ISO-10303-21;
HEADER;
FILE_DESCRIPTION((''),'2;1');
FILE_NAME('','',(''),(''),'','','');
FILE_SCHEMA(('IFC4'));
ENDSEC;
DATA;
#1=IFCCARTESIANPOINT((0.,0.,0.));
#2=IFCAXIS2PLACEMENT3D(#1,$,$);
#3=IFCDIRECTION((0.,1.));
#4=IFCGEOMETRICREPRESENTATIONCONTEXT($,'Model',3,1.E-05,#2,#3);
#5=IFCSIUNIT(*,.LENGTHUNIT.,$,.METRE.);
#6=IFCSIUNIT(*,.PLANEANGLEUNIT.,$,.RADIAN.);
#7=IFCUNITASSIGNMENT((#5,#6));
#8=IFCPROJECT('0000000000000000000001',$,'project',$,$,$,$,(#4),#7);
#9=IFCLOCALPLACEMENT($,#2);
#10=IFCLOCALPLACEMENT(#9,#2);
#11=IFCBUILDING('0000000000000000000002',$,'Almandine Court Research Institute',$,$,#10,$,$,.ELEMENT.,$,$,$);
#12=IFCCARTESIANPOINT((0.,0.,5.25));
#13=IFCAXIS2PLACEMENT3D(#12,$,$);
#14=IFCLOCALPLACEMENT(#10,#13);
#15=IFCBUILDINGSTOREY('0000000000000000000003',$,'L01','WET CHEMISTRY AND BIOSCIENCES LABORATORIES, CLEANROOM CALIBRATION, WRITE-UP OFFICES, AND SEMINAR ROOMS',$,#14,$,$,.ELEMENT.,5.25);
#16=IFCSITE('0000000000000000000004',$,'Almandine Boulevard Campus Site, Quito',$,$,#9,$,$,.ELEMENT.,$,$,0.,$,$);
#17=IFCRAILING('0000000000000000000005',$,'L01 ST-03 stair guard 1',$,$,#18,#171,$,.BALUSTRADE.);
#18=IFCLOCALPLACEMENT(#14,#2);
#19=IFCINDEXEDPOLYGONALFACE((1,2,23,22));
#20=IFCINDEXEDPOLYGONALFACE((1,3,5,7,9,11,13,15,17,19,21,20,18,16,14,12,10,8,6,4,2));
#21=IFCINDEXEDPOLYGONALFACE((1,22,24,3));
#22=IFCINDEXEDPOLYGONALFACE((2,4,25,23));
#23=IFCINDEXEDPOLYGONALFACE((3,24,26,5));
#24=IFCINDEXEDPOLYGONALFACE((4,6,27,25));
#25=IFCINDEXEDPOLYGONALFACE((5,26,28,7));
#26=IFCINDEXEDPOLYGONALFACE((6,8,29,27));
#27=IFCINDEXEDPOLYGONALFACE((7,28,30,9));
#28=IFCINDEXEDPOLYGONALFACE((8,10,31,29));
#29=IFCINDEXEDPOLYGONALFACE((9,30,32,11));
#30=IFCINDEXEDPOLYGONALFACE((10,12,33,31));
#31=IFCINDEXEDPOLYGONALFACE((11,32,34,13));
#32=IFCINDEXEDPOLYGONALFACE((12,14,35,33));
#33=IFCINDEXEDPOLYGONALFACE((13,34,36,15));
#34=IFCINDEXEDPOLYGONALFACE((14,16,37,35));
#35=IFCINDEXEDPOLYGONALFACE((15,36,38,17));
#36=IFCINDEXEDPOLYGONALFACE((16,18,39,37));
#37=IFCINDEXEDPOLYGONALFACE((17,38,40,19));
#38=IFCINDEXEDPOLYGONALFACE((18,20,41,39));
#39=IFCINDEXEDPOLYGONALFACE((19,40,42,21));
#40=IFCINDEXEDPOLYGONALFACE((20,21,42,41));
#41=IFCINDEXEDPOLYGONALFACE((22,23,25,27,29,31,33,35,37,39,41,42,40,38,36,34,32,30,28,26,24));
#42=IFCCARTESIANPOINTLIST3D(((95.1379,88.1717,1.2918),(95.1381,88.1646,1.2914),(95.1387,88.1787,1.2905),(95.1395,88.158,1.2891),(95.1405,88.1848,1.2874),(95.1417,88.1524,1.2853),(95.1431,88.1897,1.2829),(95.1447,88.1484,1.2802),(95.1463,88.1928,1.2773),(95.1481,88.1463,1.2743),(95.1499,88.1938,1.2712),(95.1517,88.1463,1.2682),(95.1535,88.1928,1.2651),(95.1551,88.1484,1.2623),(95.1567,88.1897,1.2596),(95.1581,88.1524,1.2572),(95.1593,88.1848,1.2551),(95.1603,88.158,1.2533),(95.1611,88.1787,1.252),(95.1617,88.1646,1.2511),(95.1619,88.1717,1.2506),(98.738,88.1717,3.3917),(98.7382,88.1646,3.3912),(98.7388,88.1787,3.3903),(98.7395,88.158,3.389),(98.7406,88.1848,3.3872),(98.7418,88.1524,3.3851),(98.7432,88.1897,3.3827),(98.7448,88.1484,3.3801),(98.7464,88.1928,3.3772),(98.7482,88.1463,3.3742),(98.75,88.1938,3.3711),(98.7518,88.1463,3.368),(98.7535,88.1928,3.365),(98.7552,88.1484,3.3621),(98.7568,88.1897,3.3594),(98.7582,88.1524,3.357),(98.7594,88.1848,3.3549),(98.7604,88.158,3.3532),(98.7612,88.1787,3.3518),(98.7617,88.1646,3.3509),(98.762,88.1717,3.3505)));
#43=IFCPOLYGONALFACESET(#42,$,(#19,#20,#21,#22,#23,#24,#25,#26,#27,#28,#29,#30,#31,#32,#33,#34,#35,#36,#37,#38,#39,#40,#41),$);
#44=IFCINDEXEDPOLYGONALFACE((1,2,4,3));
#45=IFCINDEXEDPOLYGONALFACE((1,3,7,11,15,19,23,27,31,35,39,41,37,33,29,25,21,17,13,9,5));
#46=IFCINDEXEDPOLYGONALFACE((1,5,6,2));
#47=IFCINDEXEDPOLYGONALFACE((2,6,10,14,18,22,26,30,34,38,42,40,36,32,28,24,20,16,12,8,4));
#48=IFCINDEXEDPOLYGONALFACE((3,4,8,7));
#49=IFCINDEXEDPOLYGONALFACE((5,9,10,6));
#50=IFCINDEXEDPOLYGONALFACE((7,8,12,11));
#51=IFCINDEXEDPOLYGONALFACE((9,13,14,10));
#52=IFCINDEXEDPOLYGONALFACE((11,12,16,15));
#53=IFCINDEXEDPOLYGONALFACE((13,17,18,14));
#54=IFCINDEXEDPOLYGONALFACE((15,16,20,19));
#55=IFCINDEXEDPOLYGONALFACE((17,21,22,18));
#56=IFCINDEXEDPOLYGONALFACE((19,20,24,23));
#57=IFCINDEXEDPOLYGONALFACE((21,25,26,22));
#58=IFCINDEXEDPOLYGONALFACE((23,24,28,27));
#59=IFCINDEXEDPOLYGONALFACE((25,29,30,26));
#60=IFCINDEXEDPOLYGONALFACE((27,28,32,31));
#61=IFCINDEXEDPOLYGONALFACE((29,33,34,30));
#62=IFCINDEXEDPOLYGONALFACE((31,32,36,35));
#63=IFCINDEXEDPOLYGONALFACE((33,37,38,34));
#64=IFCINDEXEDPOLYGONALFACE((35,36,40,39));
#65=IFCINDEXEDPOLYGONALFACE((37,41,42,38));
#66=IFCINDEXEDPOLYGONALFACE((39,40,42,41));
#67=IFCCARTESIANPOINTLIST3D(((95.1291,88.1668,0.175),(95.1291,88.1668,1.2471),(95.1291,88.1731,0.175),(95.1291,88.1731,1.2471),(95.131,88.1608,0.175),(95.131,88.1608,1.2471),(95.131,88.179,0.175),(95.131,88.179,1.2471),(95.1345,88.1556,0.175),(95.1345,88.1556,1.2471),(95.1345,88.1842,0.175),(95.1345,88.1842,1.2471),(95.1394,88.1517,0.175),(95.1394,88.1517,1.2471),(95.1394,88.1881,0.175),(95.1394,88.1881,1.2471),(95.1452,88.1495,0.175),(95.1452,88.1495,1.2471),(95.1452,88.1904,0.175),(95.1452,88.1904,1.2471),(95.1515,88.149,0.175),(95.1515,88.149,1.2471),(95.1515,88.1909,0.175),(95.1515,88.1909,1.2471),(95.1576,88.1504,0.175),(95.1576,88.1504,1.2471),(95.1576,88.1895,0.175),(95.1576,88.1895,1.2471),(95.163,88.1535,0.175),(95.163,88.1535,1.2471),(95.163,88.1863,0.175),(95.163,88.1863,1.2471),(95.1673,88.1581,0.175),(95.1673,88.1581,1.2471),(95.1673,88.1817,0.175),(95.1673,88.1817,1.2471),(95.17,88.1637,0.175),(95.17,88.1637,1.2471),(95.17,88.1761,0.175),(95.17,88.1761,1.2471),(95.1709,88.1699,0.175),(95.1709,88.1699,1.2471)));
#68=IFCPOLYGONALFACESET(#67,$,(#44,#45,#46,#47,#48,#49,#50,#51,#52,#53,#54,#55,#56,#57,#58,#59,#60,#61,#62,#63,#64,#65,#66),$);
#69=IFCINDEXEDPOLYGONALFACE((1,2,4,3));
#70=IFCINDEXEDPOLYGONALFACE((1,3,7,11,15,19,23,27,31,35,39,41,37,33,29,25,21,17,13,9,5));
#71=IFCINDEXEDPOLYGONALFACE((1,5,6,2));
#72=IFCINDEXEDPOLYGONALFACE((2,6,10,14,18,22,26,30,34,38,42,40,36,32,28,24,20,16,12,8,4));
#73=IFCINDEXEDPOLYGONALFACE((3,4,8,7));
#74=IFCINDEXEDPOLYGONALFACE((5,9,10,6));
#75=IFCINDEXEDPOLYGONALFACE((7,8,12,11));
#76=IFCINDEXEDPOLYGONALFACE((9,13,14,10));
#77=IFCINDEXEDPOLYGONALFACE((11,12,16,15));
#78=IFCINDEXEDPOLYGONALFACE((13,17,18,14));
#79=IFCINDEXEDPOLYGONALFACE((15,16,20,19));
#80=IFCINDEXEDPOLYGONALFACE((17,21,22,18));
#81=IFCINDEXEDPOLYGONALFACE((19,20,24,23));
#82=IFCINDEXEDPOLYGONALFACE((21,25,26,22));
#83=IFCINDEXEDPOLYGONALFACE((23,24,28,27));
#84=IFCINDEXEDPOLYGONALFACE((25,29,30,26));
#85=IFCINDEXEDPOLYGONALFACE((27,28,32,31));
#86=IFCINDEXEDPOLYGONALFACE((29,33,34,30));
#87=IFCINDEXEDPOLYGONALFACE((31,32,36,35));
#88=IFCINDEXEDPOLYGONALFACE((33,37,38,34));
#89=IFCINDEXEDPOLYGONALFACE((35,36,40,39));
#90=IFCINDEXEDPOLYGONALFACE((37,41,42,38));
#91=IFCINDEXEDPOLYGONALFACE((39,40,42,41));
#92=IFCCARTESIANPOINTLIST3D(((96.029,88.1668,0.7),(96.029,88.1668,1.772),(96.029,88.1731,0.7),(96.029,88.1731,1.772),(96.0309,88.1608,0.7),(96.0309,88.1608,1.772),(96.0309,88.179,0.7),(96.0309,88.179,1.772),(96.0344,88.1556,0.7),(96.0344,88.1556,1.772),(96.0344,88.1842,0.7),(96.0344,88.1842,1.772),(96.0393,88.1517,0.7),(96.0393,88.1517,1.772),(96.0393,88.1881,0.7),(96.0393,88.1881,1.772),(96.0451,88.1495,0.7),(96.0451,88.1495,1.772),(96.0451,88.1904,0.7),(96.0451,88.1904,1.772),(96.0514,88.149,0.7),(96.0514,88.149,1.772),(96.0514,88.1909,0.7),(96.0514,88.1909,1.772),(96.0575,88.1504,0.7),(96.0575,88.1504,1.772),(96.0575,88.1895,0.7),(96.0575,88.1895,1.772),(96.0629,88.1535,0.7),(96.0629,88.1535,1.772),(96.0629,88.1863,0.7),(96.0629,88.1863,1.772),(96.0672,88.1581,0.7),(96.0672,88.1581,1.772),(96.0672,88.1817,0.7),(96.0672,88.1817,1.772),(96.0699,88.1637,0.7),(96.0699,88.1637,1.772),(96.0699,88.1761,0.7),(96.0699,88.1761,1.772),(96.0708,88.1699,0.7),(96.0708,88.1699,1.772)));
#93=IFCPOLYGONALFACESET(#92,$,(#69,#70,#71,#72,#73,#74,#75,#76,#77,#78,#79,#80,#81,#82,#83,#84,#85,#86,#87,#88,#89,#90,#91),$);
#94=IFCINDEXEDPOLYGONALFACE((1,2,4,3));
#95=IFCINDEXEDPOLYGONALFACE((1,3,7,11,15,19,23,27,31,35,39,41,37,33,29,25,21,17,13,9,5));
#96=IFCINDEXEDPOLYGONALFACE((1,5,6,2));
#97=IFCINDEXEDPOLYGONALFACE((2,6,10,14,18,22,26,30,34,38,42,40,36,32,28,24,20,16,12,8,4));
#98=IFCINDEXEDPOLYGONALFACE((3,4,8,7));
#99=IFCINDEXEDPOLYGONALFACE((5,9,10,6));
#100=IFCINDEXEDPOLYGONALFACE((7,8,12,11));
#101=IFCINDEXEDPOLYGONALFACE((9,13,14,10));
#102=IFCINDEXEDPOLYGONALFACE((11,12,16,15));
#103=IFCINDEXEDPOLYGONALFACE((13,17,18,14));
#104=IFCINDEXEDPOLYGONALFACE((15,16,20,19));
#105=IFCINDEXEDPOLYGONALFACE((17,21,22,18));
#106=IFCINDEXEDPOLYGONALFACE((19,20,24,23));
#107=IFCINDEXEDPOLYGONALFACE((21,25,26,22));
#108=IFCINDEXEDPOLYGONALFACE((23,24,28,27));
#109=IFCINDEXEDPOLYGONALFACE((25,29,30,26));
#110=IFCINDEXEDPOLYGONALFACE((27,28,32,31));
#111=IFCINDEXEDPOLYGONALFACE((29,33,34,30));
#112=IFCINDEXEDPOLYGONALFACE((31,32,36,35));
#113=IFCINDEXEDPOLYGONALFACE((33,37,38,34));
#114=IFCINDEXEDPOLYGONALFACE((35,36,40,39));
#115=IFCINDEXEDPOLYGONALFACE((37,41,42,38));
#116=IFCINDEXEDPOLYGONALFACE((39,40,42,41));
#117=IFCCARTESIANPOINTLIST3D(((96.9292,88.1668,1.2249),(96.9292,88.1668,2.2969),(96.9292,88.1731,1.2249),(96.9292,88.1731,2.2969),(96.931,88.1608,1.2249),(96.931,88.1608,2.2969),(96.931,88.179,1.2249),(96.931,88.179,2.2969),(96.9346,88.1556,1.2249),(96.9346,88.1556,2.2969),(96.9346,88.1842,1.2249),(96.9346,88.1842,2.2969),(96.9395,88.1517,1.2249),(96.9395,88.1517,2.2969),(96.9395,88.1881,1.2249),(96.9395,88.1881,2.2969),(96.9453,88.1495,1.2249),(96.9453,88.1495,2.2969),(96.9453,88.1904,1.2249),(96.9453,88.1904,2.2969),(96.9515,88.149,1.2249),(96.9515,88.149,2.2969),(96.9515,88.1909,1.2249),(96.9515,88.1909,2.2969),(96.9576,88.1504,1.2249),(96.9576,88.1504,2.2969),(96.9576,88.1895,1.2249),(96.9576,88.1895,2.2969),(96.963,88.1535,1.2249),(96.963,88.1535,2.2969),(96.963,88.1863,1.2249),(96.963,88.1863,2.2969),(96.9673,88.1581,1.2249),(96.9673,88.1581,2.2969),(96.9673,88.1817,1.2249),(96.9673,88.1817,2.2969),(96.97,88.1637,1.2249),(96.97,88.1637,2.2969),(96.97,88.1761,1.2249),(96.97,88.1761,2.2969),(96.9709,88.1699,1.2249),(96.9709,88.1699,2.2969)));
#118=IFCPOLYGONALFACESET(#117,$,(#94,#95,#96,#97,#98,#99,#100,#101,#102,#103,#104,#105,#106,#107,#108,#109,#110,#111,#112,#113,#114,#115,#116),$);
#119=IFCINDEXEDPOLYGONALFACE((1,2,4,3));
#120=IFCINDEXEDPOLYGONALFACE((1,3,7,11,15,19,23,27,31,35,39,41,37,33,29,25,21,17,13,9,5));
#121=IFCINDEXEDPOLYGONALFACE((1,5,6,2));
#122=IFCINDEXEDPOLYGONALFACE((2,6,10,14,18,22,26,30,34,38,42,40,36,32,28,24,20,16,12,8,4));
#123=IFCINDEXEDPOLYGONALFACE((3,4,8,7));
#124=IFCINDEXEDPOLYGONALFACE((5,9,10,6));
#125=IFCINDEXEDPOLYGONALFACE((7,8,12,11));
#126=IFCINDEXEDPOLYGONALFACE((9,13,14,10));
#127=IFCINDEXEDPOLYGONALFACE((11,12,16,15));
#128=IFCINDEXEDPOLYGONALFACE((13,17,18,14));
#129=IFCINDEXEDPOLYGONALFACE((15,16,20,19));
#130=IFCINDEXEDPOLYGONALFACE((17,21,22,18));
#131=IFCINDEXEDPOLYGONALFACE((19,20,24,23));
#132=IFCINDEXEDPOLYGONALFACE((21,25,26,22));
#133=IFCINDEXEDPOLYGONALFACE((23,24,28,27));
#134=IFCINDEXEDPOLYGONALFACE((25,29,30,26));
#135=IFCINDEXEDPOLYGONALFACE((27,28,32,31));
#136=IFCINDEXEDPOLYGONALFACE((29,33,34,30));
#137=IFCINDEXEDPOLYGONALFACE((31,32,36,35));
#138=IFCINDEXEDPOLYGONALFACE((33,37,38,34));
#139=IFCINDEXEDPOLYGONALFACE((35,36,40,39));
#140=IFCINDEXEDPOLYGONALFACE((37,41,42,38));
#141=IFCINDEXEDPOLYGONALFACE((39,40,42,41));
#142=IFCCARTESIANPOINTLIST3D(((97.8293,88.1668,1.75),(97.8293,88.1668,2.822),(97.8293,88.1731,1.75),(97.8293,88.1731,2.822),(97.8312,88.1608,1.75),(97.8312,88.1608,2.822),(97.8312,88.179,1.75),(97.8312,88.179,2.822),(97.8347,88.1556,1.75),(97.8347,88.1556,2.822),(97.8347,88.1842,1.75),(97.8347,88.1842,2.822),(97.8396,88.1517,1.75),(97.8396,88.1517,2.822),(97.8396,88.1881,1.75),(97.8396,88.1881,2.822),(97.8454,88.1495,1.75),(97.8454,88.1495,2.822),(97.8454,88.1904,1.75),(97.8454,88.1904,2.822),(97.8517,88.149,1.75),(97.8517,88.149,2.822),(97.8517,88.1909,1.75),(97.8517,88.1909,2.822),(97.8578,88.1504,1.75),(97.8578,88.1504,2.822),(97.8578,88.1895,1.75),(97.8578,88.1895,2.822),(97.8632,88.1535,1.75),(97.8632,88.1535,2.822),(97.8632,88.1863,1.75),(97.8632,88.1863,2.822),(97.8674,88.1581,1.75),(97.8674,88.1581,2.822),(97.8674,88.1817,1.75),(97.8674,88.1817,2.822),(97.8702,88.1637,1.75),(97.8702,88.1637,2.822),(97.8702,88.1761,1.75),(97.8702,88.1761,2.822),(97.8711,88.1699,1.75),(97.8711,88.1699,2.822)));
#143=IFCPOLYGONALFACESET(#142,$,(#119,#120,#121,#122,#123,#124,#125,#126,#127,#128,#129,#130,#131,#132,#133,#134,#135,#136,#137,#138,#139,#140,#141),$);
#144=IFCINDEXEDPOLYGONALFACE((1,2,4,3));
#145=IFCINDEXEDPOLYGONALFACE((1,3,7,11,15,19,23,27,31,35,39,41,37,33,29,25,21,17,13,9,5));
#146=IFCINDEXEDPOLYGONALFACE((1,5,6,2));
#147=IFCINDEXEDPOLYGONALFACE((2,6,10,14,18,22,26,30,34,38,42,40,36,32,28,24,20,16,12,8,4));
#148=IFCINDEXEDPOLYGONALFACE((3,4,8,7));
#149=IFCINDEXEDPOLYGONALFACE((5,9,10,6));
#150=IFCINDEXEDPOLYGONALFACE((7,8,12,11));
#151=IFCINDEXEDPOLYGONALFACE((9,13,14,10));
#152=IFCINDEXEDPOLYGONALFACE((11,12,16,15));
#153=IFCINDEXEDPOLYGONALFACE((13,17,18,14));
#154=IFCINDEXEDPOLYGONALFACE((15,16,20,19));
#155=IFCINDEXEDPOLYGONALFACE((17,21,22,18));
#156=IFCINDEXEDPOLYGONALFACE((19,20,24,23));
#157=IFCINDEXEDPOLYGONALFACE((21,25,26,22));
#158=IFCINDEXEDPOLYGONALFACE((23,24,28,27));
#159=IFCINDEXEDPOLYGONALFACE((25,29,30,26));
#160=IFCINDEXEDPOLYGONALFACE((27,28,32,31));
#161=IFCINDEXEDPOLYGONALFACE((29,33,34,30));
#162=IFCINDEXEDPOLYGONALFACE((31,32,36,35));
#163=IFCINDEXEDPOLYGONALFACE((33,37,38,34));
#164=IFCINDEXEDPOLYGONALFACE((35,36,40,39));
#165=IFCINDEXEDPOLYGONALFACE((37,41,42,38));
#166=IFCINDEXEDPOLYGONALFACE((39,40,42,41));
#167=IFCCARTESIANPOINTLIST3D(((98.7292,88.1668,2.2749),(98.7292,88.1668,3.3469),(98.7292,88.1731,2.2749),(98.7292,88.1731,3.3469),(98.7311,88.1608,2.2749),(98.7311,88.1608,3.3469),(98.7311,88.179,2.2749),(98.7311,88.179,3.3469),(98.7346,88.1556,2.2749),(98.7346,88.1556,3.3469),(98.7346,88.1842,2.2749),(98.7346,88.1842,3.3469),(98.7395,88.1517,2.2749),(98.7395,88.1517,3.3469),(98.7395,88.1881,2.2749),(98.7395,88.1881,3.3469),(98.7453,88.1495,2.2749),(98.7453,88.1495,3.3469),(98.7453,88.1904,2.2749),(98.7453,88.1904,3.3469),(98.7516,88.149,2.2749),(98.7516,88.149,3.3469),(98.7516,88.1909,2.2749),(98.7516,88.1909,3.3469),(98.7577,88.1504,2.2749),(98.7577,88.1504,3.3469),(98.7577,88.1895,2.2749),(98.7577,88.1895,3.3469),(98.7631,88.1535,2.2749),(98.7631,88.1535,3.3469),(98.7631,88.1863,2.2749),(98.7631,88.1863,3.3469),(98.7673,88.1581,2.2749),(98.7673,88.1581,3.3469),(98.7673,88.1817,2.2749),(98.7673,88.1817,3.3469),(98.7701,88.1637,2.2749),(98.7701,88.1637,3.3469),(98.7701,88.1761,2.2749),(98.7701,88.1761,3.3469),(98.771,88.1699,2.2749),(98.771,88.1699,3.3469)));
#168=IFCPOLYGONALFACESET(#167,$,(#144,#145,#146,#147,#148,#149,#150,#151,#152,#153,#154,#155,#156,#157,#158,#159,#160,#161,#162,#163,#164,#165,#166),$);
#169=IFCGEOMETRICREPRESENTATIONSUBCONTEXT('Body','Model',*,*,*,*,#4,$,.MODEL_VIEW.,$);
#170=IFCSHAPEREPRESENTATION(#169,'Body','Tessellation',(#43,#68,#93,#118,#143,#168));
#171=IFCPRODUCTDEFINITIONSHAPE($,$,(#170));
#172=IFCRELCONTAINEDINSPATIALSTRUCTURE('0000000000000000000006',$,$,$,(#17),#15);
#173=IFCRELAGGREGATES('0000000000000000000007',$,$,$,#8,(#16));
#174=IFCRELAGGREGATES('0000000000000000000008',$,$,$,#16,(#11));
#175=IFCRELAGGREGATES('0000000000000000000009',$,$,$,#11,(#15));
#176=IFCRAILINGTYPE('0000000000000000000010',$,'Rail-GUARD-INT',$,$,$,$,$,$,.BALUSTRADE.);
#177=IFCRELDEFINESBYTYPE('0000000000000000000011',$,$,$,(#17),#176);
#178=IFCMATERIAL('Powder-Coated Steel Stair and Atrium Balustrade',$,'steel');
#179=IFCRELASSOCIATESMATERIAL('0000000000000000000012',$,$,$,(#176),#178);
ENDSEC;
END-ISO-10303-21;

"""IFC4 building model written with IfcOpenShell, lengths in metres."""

from ifc_helpers import new_model, si_unit, direction, frame, origin, origin_2d, place, context, subcontext, project, spatial, circle, extrude, material, type_object, element, save


model = new_model("IFC4")

# Units and contexts
model_context = context("Model", 3, precision=1e-05, world=origin(), true_north=direction((0.0, 1.0)))
body_context = subcontext(model_context, "Body", "Model", "MODEL_VIEW")
ifc_project = project(units=[si_unit("LENGTHUNIT", "METRE"), si_unit("PLANEANGLEUNIT", "RADIAN")], contexts=[model_context])

# Site, building, storey
site_placement = place(None, origin())
site = spatial("IfcSite", under=ifc_project, at=site_placement, Name="Almandine Boulevard Campus Site, Quito", CompositionType="ELEMENT", RefElevation=0.0)
building_placement = place(site_placement, origin())
building = spatial("IfcBuilding", under=site, at=building_placement, Name="Almandine Court Research Institute", CompositionType="ELEMENT")
storey_placement = place(building_placement, frame((0.0, 0.0, 5.25)))
storey = spatial("IfcBuildingStorey", under=building, at=storey_placement, Name="L01", Description="WET CHEMISTRY AND BIOSCIENCES LABORATORIES, CLEANROOM CALIBRATION, WRITE-UP OFFICES, AND SEMINAR ROOMS", CompositionType="ELEMENT", Elevation=5.25)

# Railing
ifc_material_1 = material(Name="Powder-Coated Steel Stair and Atrium Balustrade", Category="steel")
railing_type_1 = type_object("IfcRailingType", Name="Rail-GUARD-INT", PredefinedType="BALUSTRADE", material=ifc_material_1)
railing_1_placement = place(storey_placement, frame((95.1499, 88.1699, 0.175)))
element("IfcRailing", 1, at=railing_1_placement, inside=storey, type_object=railing_type_1, Name="L01 ST-03 stair guard 1", PredefinedType="BALUSTRADE", context=body_context, shape_type="SweptSolid", body=[
    extrude(circle(Radius=0.0239, at=origin_2d()), frame((0.0, 0.0, 1.0962), z_axis=(0.8638, 0.0, 0.503835), x_axis=(0.0, 1.0, 0.0)), (0.0, 0.0, 1.0), 4.1677),
    extrude(circle(Radius=0.021, at=origin_2d()), origin(), (0.0, 0.0, 1.0), 1.072),
    extrude(circle(Radius=0.021, at=origin_2d()), frame((0.8999, 0.0, 0.5249)), (0.0, 0.0, 1.0), 1.072),
    extrude(circle(Radius=0.021, at=origin_2d()), frame((1.8, 0.0, 1.0498)), (0.0, 0.0, 1.0), 1.072),
    extrude(circle(Radius=0.021, at=origin_2d()), frame((2.7002, 0.0, 1.575)), (0.0, 0.0, 1.0), 1.072),
    extrude(circle(Radius=0.021, at=origin_2d()), frame((3.6001, 0.0, 2.0999)), (0.0, 0.0, 1.0), 1.072),
])

save(model, "model.ifc")
